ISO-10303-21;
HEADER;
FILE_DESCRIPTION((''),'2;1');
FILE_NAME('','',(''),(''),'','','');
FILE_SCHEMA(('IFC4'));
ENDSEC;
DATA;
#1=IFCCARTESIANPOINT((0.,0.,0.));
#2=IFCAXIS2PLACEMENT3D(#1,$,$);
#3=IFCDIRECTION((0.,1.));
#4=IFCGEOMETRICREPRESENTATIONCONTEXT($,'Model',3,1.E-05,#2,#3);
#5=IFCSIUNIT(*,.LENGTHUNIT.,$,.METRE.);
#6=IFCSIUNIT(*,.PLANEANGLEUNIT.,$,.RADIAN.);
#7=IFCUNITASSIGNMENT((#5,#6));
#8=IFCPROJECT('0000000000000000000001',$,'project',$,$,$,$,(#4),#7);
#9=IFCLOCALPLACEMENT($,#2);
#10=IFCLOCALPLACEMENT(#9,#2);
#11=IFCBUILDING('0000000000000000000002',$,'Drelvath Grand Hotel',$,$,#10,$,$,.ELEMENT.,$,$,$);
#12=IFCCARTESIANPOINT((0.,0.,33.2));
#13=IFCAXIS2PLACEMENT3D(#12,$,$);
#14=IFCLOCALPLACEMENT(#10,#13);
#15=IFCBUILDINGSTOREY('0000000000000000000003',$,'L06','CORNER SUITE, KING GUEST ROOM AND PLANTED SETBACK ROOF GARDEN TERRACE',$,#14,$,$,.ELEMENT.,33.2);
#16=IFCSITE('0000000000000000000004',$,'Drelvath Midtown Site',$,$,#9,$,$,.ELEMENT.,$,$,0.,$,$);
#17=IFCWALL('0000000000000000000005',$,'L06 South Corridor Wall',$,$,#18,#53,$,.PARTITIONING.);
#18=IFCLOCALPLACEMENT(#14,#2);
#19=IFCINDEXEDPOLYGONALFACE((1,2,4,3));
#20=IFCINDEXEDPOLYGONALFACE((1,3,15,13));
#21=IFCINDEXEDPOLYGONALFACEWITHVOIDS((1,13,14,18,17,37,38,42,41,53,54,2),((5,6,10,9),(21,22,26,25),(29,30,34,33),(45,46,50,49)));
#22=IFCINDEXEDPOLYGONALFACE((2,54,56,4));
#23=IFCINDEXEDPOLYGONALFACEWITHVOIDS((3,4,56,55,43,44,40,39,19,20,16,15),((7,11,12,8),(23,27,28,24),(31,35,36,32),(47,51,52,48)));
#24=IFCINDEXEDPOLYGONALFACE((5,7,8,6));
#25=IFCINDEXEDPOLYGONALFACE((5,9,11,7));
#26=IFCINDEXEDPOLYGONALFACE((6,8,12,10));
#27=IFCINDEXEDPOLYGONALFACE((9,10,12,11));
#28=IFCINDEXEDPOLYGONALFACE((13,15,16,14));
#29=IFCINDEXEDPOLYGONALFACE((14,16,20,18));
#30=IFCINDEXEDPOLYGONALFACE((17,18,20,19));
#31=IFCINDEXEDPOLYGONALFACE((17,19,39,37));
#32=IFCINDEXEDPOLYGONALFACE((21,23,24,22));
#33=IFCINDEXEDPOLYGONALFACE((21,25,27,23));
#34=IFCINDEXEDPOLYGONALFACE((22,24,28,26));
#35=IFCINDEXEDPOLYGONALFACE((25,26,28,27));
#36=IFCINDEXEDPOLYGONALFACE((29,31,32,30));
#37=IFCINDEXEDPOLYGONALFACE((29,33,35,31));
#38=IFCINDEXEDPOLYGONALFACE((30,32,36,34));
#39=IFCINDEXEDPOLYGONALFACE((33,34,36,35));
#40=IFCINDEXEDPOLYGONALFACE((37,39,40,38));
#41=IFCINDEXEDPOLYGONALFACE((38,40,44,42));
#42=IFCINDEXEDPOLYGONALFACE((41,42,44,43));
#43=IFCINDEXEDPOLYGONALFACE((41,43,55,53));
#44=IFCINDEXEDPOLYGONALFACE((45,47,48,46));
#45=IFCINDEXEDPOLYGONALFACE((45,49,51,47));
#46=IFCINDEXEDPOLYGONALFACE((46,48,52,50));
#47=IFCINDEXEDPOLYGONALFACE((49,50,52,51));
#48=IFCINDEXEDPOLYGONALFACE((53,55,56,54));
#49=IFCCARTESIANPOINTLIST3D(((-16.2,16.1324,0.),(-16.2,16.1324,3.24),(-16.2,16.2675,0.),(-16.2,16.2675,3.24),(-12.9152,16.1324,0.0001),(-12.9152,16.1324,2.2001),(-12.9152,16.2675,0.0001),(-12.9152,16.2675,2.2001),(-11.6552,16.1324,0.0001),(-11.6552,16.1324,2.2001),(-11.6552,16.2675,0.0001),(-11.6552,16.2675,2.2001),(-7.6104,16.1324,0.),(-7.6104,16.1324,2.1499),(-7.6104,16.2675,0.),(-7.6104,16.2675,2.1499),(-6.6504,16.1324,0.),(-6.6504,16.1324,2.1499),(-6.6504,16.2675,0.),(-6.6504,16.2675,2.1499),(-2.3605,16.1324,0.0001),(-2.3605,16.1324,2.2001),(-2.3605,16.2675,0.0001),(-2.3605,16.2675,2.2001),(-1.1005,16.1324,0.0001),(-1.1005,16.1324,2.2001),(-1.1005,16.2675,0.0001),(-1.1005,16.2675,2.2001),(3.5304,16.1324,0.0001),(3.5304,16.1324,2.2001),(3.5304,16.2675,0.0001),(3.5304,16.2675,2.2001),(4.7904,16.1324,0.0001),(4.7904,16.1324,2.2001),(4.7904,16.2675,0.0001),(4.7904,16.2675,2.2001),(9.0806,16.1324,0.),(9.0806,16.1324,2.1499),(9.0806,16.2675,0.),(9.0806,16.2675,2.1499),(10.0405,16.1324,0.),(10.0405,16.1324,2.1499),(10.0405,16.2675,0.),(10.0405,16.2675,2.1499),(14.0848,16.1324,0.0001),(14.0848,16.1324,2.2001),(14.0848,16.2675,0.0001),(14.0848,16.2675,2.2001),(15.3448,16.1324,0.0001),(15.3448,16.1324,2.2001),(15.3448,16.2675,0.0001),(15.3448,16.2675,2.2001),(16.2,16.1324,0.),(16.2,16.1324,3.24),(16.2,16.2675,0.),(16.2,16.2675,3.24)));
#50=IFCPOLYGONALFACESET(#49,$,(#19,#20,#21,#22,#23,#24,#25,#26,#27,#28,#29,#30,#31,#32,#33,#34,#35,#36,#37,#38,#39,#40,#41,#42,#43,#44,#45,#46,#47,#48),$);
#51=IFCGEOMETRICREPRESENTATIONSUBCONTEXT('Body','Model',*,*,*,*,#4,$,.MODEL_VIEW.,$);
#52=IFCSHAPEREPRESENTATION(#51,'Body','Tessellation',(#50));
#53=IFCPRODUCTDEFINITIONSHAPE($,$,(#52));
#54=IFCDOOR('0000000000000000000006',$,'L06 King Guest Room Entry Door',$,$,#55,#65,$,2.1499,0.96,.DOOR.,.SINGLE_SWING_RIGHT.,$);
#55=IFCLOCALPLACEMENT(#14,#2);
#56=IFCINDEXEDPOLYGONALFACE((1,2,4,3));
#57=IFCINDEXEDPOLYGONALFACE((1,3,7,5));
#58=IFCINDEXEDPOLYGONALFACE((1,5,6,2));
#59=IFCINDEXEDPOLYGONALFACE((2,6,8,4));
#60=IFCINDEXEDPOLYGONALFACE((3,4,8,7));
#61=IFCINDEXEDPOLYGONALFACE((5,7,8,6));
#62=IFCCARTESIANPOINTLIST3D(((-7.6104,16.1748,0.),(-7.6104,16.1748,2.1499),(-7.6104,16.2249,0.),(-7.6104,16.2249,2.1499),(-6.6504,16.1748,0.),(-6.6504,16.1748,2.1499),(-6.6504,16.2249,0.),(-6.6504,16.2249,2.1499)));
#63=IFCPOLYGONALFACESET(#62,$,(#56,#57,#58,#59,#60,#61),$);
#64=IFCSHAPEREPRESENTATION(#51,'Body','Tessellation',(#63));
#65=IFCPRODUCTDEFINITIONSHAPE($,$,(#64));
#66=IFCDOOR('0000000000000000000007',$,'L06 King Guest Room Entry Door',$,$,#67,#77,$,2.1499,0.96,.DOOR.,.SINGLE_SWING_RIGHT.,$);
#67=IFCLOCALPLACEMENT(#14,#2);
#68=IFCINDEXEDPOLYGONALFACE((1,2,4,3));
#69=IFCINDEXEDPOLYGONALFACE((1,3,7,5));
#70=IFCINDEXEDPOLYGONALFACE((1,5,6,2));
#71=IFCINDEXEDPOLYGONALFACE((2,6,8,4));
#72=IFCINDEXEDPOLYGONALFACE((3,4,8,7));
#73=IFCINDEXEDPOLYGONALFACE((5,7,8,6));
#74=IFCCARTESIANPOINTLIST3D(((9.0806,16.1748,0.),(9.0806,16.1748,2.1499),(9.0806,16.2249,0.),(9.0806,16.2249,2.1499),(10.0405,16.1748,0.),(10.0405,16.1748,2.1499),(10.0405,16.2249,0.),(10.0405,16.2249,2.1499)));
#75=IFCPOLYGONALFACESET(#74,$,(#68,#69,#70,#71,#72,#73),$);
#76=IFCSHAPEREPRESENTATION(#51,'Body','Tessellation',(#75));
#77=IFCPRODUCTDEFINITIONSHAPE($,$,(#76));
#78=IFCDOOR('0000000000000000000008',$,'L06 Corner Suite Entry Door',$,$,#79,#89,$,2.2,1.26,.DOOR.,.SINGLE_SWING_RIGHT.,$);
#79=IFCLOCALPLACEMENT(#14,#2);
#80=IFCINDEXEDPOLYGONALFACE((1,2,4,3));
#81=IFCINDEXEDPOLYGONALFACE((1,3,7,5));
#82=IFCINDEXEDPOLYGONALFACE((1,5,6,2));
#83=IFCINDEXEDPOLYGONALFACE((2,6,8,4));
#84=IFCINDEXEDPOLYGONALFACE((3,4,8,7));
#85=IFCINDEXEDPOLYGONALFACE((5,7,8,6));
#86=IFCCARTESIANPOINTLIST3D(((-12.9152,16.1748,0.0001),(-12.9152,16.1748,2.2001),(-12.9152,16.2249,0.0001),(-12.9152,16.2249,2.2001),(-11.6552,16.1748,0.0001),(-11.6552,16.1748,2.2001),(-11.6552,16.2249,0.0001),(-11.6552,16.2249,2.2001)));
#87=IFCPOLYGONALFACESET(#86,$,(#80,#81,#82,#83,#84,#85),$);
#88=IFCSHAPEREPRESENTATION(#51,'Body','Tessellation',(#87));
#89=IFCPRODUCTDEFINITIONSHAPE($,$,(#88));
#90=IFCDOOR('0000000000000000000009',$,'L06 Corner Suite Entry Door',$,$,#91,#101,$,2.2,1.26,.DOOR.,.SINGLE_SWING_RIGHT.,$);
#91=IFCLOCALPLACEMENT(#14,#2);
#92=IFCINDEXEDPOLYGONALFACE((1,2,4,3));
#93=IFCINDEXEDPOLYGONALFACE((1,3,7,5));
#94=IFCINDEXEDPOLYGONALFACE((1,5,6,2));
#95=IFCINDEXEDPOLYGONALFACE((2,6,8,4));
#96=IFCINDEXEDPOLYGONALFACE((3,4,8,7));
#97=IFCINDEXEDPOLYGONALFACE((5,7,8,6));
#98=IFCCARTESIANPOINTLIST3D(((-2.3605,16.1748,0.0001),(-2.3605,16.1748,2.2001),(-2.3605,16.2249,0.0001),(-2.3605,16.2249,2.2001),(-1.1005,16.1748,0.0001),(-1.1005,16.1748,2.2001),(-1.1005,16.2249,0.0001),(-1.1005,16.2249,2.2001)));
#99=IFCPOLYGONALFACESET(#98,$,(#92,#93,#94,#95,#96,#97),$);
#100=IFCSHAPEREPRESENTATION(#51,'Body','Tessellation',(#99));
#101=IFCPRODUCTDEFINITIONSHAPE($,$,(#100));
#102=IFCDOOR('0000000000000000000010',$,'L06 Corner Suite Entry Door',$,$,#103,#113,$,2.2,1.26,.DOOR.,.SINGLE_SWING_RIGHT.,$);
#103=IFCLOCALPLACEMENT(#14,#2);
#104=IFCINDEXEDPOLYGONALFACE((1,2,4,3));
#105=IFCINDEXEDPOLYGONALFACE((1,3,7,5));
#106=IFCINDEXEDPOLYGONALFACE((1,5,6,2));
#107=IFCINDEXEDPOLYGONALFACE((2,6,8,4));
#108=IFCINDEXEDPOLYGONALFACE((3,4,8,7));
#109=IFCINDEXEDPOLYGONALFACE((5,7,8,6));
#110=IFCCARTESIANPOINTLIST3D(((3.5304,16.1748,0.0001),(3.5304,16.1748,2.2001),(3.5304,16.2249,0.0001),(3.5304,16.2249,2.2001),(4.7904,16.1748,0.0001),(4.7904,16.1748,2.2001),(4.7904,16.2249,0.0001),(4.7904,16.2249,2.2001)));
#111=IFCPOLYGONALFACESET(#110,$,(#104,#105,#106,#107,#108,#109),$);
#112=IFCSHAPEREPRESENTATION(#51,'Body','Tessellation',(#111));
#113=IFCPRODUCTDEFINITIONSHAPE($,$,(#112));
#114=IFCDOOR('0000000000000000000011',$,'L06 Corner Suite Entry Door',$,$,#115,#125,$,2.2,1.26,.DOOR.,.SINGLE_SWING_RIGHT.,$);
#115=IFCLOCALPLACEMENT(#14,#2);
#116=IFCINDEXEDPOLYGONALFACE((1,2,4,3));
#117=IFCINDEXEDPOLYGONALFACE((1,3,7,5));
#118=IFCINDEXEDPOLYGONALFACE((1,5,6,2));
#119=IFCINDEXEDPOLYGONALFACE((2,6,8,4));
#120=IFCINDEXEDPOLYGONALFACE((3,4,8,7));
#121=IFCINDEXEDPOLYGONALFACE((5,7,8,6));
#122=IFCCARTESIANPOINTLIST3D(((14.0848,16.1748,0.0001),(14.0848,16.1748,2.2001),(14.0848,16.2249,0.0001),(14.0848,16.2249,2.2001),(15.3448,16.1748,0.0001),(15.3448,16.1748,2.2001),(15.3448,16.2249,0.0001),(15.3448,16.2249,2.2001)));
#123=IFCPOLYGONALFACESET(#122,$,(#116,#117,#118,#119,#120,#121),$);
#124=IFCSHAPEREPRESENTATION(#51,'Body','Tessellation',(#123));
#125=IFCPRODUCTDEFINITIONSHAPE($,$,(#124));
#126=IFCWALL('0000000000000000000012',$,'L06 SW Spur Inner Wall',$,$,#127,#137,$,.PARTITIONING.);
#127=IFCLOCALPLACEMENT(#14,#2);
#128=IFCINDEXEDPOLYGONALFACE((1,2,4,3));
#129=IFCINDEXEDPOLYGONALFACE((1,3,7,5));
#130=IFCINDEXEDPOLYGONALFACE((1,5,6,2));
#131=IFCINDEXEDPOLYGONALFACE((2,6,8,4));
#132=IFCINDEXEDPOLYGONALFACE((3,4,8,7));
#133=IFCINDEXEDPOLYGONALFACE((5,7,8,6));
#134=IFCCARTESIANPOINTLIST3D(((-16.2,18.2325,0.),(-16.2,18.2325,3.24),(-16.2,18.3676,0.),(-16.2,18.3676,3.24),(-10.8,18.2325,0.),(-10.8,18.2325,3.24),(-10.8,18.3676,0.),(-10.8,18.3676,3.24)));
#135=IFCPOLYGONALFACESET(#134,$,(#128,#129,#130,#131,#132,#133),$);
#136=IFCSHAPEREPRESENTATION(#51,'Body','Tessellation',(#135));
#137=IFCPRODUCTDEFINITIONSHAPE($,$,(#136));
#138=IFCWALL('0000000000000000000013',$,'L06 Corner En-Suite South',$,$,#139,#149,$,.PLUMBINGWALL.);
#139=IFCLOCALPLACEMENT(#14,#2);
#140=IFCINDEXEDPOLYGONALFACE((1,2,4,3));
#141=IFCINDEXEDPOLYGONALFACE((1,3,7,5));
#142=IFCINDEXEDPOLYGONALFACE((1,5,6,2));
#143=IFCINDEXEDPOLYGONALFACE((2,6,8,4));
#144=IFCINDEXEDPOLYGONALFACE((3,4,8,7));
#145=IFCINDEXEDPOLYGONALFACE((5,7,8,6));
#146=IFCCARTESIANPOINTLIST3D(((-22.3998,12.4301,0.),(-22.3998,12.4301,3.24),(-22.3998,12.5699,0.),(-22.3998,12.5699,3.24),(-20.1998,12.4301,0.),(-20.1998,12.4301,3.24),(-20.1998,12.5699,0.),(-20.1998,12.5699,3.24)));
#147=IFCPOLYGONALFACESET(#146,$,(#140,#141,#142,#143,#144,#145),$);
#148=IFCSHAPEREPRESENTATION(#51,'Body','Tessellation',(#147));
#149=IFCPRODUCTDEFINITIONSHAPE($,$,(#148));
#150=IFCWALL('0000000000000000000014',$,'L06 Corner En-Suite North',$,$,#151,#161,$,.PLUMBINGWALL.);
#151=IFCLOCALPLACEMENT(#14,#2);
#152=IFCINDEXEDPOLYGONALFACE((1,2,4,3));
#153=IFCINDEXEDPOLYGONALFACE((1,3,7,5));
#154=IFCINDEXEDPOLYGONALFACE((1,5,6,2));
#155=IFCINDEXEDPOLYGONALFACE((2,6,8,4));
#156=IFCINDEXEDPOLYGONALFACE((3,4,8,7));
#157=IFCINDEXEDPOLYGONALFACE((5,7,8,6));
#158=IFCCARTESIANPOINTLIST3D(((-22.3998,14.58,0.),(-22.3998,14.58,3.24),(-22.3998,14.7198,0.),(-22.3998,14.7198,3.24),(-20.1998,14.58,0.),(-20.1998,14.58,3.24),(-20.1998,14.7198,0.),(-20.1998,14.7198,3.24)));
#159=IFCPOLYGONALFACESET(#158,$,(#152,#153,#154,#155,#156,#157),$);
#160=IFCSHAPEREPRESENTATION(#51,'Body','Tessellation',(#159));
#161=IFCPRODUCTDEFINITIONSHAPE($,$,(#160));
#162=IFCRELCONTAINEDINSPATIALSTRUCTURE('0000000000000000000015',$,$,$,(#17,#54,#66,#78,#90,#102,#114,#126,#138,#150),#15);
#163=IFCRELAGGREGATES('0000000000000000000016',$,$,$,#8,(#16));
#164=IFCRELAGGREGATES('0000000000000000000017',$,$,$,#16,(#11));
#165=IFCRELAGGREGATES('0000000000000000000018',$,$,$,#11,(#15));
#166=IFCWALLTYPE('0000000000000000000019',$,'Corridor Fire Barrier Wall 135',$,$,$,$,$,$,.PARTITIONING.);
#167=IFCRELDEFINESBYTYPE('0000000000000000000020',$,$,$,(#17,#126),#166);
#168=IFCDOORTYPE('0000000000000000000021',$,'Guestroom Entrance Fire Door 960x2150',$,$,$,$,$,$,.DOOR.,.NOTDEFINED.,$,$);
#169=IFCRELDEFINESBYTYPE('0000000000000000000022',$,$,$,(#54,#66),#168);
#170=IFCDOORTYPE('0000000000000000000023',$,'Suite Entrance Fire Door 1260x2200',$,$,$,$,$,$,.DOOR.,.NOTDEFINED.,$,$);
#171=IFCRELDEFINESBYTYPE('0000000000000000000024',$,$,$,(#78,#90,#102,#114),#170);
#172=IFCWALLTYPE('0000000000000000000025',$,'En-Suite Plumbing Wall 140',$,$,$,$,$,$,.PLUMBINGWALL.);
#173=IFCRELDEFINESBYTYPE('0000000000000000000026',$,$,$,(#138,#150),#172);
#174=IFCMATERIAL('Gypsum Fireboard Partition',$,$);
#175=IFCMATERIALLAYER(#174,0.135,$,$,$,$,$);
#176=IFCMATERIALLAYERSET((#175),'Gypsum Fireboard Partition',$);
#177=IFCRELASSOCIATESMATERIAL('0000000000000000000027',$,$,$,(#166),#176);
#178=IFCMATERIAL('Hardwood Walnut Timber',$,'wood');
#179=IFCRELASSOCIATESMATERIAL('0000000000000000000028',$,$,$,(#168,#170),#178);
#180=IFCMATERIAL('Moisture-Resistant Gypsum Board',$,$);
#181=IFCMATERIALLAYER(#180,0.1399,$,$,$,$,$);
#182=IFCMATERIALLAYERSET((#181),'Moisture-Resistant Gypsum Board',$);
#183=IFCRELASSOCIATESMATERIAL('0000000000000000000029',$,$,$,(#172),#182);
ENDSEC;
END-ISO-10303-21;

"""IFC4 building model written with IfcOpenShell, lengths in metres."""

from ifc_helpers import new_model, si_unit, direction, frame, frame_2d, origin, place, context, subcontext, project, spatial, rectangle, extrude, material, layer, layer_set, type_object, element, fill, save


model = new_model("IFC4")

# Units and contexts
model_context = context("Model", 3, precision=1e-05, world=origin(), true_north=direction((0.0, 1.0)))
body_context = subcontext(model_context, "Body", "Model", "MODEL_VIEW")
ifc_project = project(units=[si_unit("LENGTHUNIT", "METRE"), si_unit("PLANEANGLEUNIT", "RADIAN")], contexts=[model_context])

# Site, building, storey
site_placement = place(None, origin())
site = spatial("IfcSite", under=ifc_project, at=site_placement, Name="Drelvath Midtown Site", CompositionType="ELEMENT", RefElevation=0.0)
building_placement = place(site_placement, origin())
building = spatial("IfcBuilding", under=site, at=building_placement, Name="Drelvath Grand Hotel", CompositionType="ELEMENT")
storey_placement = place(building_placement, frame((0.0, 0.0, 33.2)))
storey = spatial("IfcBuildingStorey", under=building, at=storey_placement, Name="L06", Description="CORNER SUITE, KING GUEST ROOM AND PLANTED SETBACK ROOF GARDEN TERRACE", CompositionType="ELEMENT", Elevation=33.2)

# Wall, openings, doors
ifc_material_1 = material(Name="Gypsum Fireboard Partition")
ifc_layer_1 = layer(ifc_material_1, 0.135)
ifc_layer_set_1 = layer_set([ifc_layer_1], Name="Gypsum Fireboard Partition")
wall_type_1 = type_object("IfcWallType", Name="Corridor Fire Barrier Wall 135", PredefinedType="PARTITIONING", material=ifc_layer_set_1)
wall_1_placement = place(storey_placement, frame((-16.2, 16.2, 0.0), z_axis=(0.0, 0.0, 1.0), x_axis=(1.0, 0.0, 0.0)))
wall_1 = element("IfcWall", 1, at=wall_1_placement, inside=storey, type_object=wall_type_1, Name="L06 South Corridor Wall", PredefinedType="PARTITIONING", context=body_context, shape_type="SweptSolid", body=[
    extrude(rectangle(XDim=32.3999, YDim=0.135, at=frame_2d((16.2, 0.0))), origin(), (0.0, 0.0, 1.0), 3.24),
])
opening_1_placement = place(wall_1_placement, frame((3.2849, 0.0, 0.0)))
opening_1 = element("IfcOpeningElement", 2, at=opening_1_placement, cuts=wall_1, PredefinedType="OPENING", context=body_context, shape_type="SweptSolid", body=[
    extrude(rectangle(XDim=1.26, YDim=2.2, at=frame_2d((0.6299, 1.1001))), frame((0.0, 0.0774, 0.0), z_axis=(0.0, -1.0, 0.0), x_axis=(1.0, 0.0, 0.0)), (0.0, 0.0, 1.0), 0.155),
])
opening_2_placement = place(wall_1_placement, frame((8.5896, 0.0, 0.0)))
opening_2 = element("IfcOpeningElement", 3, at=opening_2_placement, cuts=wall_1, PredefinedType="OPENING", context=body_context, shape_type="SweptSolid", body=[
    extrude(rectangle(XDim=0.96, YDim=2.1499, at=frame_2d((0.48, 1.075))), frame((0.0, 0.0774, 0.0), z_axis=(0.0, -1.0, 0.0), x_axis=(1.0, 0.0, 0.0)), (0.0, 0.0, 1.0), 0.155),
])
opening_3_placement = place(wall_1_placement, frame((13.8396, 0.0, 0.0)))
opening_3 = element("IfcOpeningElement", 4, at=opening_3_placement, cuts=wall_1, PredefinedType="OPENING", context=body_context, shape_type="SweptSolid", body=[
    extrude(rectangle(XDim=1.26, YDim=2.2, at=frame_2d((0.6299, 1.1001))), frame((0.0, 0.0774, 0.0), z_axis=(0.0, -1.0, 0.0), x_axis=(1.0, 0.0, 0.0)), (0.0, 0.0, 1.0), 0.155),
])
opening_4_placement = place(wall_1_placement, frame((19.7305, 0.0, 0.0)))
opening_4 = element("IfcOpeningElement", 5, at=opening_4_placement, cuts=wall_1, PredefinedType="OPENING", context=body_context, shape_type="SweptSolid", body=[
    extrude(rectangle(XDim=1.26, YDim=2.2, at=frame_2d((0.6299, 1.1001))), frame((0.0, 0.0774, 0.0), z_axis=(0.0, -1.0, 0.0), x_axis=(1.0, 0.0, 0.0)), (0.0, 0.0, 1.0), 0.155),
])
opening_5_placement = place(wall_1_placement, frame((25.2805, 0.0, 0.0)))
opening_5 = element("IfcOpeningElement", 6, at=opening_5_placement, cuts=wall_1, PredefinedType="OPENING", context=body_context, shape_type="SweptSolid", body=[
    extrude(rectangle(XDim=0.96, YDim=2.1499, at=frame_2d((0.48, 1.075))), frame((0.0, 0.0774, 0.0), z_axis=(0.0, -1.0, 0.0), x_axis=(1.0, 0.0, 0.0)), (0.0, 0.0, 1.0), 0.155),
])
opening_6_placement = place(wall_1_placement, frame((30.2849, 0.0, 0.0)))
opening_6 = element("IfcOpeningElement", 7, at=opening_6_placement, cuts=wall_1, PredefinedType="OPENING", context=body_context, shape_type="SweptSolid", body=[
    extrude(rectangle(XDim=1.26, YDim=2.2, at=frame_2d((0.6299, 1.1001))), frame((0.0, 0.0774, 0.0), z_axis=(0.0, -1.0, 0.0), x_axis=(1.0, 0.0, 0.0)), (0.0, 0.0, 1.0), 0.155),
])
ifc_material_2 = material(Name="Hardwood Walnut Timber", Category="wood")
door_type_1 = type_object("IfcDoorType", Name="Guestroom Entrance Fire Door 960x2150", OperationType="NOTDEFINED", PredefinedType="DOOR", material=ifc_material_2)
door_1_placement = place(opening_2_placement, origin())
door_1 = element("IfcDoor", 8, at=door_1_placement, inside=storey, type_object=door_type_1, Name="L06 King Guest Room Entry Door", OperationType="SINGLE_SWING_RIGHT", OverallHeight=2.1499, OverallWidth=0.96, PredefinedType="DOOR", context=body_context, shape_type="SweptSolid", body=[
    extrude(rectangle(XDim=0.96, YDim=2.1499, at=frame_2d((0.48, 1.075))), frame((0.0, 0.0249, 0.0), z_axis=(0.0, -1.0, 0.0), x_axis=(1.0, 0.0, 0.0)), (0.0, 0.0, 1.0), 0.05),
])
fill(opening_2, door_1)
door_2_placement = place(opening_5_placement, origin())
door_2 = element("IfcDoor", 9, at=door_2_placement, inside=storey, type_object=door_type_1, Name="L06 King Guest Room Entry Door", OperationType="SINGLE_SWING_RIGHT", OverallHeight=2.1499, OverallWidth=0.96, PredefinedType="DOOR", context=body_context, shape_type="SweptSolid", body=[
    extrude(rectangle(XDim=0.96, YDim=2.1499, at=frame_2d((0.48, 1.075))), frame((0.0, 0.0249, 0.0), z_axis=(0.0, -1.0, 0.0), x_axis=(1.0, 0.0, 0.0)), (0.0, 0.0, 1.0), 0.05),
])
fill(opening_5, door_2)
door_type_2 = type_object("IfcDoorType", Name="Suite Entrance Fire Door 1260x2200", OperationType="NOTDEFINED", PredefinedType="DOOR", material=ifc_material_2)
door_3_placement = place(opening_1_placement, origin())
door_3 = element("IfcDoor", 10, at=door_3_placement, inside=storey, type_object=door_type_2, Name="L06 Corner Suite Entry Door", OperationType="SINGLE_SWING_RIGHT", OverallHeight=2.2, OverallWidth=1.26, PredefinedType="DOOR", context=body_context, shape_type="SweptSolid", body=[
    extrude(rectangle(XDim=1.26, YDim=2.2, at=frame_2d((0.6299, 1.1001))), frame((0.0, 0.0249, 0.0), z_axis=(0.0, -1.0, 0.0), x_axis=(1.0, 0.0, 0.0)), (0.0, 0.0, 1.0), 0.05),
])
fill(opening_1, door_3)
door_4_placement = place(opening_3_placement, origin())
door_4 = element("IfcDoor", 11, at=door_4_placement, inside=storey, type_object=door_type_2, Name="L06 Corner Suite Entry Door", OperationType="SINGLE_SWING_RIGHT", OverallHeight=2.2, OverallWidth=1.26, PredefinedType="DOOR", context=body_context, shape_type="SweptSolid", body=[
    extrude(rectangle(XDim=1.26, YDim=2.2, at=frame_2d((0.6299, 1.1001))), frame((0.0, 0.0249, 0.0), z_axis=(0.0, -1.0, 0.0), x_axis=(1.0, 0.0, 0.0)), (0.0, 0.0, 1.0), 0.05),
])
fill(opening_3, door_4)
door_5_placement = place(opening_4_placement, origin())
door_5 = element("IfcDoor", 12, at=door_5_placement, inside=storey, type_object=door_type_2, Name="L06 Corner Suite Entry Door", OperationType="SINGLE_SWING_RIGHT", OverallHeight=2.2, OverallWidth=1.26, PredefinedType="DOOR", context=body_context, shape_type="SweptSolid", body=[
    extrude(rectangle(XDim=1.26, YDim=2.2, at=frame_2d((0.6299, 1.1001))), frame((0.0, 0.0249, 0.0), z_axis=(0.0, -1.0, 0.0), x_axis=(1.0, 0.0, 0.0)), (0.0, 0.0, 1.0), 0.05),
])
fill(opening_4, door_5)
door_6_placement = place(opening_6_placement, origin())
door_6 = element("IfcDoor", 13, at=door_6_placement, inside=storey, type_object=door_type_2, Name="L06 Corner Suite Entry Door", OperationType="SINGLE_SWING_RIGHT", OverallHeight=2.2, OverallWidth=1.26, PredefinedType="DOOR", context=body_context, shape_type="SweptSolid", body=[
    extrude(rectangle(XDim=1.26, YDim=2.2, at=frame_2d((0.6299, 1.1001))), frame((0.0, 0.0249, 0.0), z_axis=(0.0, -1.0, 0.0), x_axis=(1.0, 0.0, 0.0)), (0.0, 0.0, 1.0), 0.05),
])
fill(opening_6, door_6)

# Wall
wall_2_placement = place(storey_placement, frame((-16.2, 18.3, 0.0), z_axis=(0.0, 0.0, 1.0), x_axis=(1.0, 0.0, 0.0)))
element("IfcWall", 14, at=wall_2_placement, inside=storey, type_object=wall_type_1, Name="L06 SW Spur Inner Wall", PredefinedType="PARTITIONING", context=body_context, shape_type="SweptSolid", body=[
    extrude(rectangle(XDim=5.3999, YDim=0.135, at=frame_2d((2.7, 0.0))), origin(), (0.0, 0.0, 1.0), 3.24),
])

# Walls
ifc_material_3 = material(Name="Moisture-Resistant Gypsum Board")
ifc_layer_2 = layer(ifc_material_3, 0.1399)
ifc_layer_set_2 = layer_set([ifc_layer_2], Name="Moisture-Resistant Gypsum Board")
wall_type_2 = type_object("IfcWallType", Name="En-Suite Plumbing Wall 140", PredefinedType="PLUMBINGWALL", material=ifc_layer_set_2)
for number, where, z_axis, x_axis, name in (
    (15, (-22.3999, 12.5, 0.0), (0.0, 0.0, 1.0), (1.0, 0.0, 0.0), "L06 Corner En-Suite South"),
    (16, (-22.3999, 14.6499, 0.0), (0.0, 0.0, 1.0), (1.0, 0.0, 0.0), "L06 Corner En-Suite North"),
):
    element("IfcWall", number, at=place(storey_placement, frame(where, z_axis=z_axis, x_axis=x_axis)), inside=storey, type_object=wall_type_2, Name=name, PredefinedType="PLUMBINGWALL", context=body_context, shape_type="SweptSolid", body=[
        extrude(rectangle(XDim=2.2, YDim=0.1399, at=frame_2d((1.1001, 0.0))), origin(), (0.0, 0.0, 1.0), 3.24),
    ])

save(model, "model.ifc")
